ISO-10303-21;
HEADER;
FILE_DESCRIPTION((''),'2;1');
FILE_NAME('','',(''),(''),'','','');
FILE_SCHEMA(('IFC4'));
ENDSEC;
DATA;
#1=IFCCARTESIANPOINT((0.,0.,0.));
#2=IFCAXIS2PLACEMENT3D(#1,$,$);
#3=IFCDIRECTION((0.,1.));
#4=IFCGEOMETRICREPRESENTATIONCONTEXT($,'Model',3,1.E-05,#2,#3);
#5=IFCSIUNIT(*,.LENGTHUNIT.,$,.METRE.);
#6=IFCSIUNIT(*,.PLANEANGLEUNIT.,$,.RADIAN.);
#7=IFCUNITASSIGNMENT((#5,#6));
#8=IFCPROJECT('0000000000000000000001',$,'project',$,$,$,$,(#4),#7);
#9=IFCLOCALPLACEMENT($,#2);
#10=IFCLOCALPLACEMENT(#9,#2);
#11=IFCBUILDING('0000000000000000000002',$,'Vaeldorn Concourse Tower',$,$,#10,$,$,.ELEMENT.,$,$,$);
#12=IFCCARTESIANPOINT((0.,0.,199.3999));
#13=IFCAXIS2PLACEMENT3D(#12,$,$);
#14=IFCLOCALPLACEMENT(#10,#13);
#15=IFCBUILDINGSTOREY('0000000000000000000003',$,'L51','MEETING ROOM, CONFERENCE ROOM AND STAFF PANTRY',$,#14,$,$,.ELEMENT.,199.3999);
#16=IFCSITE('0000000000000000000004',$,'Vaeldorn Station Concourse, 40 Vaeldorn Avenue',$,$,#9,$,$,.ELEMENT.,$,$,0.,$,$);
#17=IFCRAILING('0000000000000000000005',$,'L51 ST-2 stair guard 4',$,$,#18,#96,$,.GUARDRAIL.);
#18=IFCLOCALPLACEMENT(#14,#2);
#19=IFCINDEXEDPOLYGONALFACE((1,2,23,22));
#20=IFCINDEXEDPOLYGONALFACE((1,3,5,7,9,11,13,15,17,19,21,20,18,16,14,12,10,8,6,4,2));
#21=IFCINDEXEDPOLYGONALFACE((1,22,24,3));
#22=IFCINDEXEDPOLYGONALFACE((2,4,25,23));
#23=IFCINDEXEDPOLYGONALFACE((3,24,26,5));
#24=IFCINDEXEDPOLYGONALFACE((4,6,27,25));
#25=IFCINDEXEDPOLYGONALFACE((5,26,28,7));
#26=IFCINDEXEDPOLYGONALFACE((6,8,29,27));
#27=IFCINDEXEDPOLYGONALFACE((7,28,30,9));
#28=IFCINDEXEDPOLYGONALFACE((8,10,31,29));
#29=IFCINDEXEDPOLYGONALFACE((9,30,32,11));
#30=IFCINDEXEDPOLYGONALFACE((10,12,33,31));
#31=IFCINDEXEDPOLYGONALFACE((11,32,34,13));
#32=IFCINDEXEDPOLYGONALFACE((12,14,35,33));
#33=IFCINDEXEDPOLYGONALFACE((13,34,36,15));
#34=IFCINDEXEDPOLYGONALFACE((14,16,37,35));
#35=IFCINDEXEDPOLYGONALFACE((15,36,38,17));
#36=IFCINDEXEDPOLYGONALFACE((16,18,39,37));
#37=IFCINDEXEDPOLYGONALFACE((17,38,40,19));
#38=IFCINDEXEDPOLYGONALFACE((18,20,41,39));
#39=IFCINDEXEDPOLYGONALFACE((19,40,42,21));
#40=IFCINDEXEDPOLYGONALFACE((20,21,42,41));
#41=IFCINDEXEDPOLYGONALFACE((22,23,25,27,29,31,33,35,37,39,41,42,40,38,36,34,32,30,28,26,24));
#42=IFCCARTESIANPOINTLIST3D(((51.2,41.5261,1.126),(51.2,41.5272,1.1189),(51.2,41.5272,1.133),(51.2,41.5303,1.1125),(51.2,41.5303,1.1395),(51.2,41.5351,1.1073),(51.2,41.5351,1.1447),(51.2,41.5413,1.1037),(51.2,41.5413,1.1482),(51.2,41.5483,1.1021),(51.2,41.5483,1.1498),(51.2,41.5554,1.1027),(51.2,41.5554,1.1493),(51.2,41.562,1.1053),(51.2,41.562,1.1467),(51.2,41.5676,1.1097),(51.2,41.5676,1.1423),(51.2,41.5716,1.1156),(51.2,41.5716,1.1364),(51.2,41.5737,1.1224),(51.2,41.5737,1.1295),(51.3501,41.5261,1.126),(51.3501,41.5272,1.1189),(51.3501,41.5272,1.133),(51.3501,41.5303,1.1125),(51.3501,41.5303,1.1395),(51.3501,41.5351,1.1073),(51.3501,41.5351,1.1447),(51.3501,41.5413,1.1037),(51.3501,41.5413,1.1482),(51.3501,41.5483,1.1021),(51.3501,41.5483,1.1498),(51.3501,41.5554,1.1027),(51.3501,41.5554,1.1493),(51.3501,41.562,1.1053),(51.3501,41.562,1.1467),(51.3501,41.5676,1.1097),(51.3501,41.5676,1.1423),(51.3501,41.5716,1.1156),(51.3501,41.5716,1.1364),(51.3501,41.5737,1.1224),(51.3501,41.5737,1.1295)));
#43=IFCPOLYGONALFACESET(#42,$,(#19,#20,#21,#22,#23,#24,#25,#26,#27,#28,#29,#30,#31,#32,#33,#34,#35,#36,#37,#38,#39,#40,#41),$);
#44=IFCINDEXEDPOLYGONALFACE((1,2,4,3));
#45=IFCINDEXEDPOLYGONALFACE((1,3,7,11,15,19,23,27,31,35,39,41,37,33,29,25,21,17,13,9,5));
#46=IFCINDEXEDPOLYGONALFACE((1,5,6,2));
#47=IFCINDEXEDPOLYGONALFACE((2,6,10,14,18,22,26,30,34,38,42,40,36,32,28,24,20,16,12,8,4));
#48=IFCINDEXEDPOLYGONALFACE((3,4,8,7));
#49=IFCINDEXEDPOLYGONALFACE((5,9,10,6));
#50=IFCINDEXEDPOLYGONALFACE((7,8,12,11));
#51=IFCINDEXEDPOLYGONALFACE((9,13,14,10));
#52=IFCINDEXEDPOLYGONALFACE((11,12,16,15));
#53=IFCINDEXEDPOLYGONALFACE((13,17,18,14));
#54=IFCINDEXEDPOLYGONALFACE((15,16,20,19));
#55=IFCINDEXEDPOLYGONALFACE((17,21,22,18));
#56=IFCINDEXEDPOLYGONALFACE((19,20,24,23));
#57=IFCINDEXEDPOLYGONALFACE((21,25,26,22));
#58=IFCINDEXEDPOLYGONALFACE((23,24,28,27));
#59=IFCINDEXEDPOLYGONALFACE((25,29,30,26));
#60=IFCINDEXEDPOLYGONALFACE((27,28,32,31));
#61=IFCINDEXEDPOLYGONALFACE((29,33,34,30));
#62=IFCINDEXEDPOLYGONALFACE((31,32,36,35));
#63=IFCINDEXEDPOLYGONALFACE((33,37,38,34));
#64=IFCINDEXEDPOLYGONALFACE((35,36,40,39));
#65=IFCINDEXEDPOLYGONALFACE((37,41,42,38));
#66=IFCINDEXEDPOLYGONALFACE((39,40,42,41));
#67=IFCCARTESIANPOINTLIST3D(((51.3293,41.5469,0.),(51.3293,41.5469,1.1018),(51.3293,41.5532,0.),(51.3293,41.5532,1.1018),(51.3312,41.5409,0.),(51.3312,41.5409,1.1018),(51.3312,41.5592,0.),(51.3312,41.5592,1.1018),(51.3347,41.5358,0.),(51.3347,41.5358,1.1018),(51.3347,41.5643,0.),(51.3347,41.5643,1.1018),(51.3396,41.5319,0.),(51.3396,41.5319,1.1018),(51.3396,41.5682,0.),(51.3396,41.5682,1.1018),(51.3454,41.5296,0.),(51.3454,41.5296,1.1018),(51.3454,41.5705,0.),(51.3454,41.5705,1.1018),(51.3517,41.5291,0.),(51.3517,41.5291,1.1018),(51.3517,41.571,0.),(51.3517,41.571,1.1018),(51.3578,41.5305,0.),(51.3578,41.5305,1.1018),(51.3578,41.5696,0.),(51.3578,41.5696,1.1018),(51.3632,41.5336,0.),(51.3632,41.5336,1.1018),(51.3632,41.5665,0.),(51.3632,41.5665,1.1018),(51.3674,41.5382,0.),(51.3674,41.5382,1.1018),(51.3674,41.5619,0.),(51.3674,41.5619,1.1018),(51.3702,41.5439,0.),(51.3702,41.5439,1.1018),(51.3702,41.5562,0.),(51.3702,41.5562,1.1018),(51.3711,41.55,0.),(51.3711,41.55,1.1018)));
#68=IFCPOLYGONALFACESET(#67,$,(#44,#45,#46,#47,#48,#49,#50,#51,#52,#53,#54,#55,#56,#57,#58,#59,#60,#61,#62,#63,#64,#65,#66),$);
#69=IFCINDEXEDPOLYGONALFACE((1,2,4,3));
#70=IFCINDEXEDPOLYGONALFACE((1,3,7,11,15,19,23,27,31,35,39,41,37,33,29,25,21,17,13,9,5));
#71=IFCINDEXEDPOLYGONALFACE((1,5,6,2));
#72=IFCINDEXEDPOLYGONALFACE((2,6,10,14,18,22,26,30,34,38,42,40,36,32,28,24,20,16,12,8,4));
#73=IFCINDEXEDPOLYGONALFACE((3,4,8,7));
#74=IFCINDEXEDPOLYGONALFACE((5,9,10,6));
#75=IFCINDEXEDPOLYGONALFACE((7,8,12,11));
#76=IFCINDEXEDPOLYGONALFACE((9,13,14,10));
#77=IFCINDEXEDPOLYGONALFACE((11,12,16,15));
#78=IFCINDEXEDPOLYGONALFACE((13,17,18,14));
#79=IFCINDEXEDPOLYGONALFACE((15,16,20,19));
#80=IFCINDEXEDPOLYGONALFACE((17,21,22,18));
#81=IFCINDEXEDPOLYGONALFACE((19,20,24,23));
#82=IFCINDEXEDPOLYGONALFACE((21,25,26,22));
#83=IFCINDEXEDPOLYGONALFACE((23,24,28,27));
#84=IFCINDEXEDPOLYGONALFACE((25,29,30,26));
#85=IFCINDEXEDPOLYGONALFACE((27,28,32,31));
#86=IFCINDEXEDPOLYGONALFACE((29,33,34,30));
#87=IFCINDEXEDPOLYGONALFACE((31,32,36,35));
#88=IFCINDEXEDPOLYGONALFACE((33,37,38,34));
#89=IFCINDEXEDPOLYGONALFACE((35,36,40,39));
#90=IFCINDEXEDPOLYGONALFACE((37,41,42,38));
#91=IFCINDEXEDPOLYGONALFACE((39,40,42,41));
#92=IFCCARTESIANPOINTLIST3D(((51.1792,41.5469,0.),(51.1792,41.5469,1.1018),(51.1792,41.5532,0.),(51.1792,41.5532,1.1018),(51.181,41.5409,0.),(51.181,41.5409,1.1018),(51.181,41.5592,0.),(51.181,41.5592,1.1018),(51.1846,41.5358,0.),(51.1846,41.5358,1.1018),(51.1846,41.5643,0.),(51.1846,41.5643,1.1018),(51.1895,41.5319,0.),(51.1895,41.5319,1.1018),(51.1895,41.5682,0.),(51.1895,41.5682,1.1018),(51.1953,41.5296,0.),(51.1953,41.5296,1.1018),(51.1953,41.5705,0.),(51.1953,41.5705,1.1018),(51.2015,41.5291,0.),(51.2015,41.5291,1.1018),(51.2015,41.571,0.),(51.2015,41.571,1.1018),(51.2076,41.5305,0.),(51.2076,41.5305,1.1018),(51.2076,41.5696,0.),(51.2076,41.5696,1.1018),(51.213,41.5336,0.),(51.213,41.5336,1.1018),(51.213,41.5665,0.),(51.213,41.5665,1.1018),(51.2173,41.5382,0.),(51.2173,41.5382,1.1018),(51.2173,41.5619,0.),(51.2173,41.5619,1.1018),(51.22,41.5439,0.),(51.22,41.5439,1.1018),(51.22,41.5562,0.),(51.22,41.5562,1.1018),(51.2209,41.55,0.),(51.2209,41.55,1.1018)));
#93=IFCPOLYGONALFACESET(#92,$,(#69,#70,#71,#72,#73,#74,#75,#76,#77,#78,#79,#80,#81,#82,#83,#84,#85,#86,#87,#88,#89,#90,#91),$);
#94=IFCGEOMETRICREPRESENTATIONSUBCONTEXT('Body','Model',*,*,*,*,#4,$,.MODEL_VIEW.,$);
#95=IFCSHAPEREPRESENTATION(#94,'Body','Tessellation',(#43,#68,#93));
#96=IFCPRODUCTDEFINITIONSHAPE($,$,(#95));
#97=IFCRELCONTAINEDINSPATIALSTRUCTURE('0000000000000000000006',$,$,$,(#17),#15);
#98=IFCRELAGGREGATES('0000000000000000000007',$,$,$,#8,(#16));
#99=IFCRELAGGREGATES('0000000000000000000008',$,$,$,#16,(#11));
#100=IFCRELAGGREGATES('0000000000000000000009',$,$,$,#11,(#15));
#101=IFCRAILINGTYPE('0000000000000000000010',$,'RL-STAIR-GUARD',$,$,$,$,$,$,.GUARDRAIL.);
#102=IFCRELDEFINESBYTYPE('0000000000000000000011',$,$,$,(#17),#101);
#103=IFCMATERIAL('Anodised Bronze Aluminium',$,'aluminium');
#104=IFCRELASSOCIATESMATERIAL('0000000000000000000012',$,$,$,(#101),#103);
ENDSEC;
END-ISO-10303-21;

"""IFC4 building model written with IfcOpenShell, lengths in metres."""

from ifc_helpers import new_model, si_unit, direction, frame, origin, origin_2d, place, context, subcontext, project, spatial, circle, extrude, material, type_object, element, save


model = new_model("IFC4")

# Units and contexts
model_context = context("Model", 3, precision=1e-05, world=origin(), true_north=direction((0.0, 1.0)))
body_context = subcontext(model_context, "Body", "Model", "MODEL_VIEW")
ifc_project = project(units=[si_unit("LENGTHUNIT", "METRE"), si_unit("PLANEANGLEUNIT", "RADIAN")], contexts=[model_context])

# Site, building, storey
site_placement = place(None, origin())
site = spatial("IfcSite", under=ifc_project, at=site_placement, Name="Vaeldorn Station Concourse, 40 Vaeldorn Avenue", CompositionType="ELEMENT", RefElevation=0.0)
building_placement = place(site_placement, origin())
building = spatial("IfcBuilding", under=site, at=building_placement, Name="Vaeldorn Concourse Tower", CompositionType="ELEMENT")
storey_placement = place(building_placement, frame((0.0, 0.0, 199.3999)))
storey = spatial("IfcBuildingStorey", under=building, at=storey_placement, Name="L51", Description="MEETING ROOM, CONFERENCE ROOM AND STAFF PANTRY", CompositionType="ELEMENT", Elevation=199.3999)

# Shared definitions
ifc_material_1 = material(Name="Anodised Bronze Aluminium", Category="aluminium")

# Railing
railing_type_1 = type_object("IfcRailingType", Name="RL-STAIR-GUARD", PredefinedType="GUARDRAIL", material=ifc_material_1)
railing_1_placement = place(storey_placement, frame((51.3501, 41.55, 0.0)))
element("IfcRailing", 1, at=railing_1_placement, inside=storey, type_object=railing_type_1, Name="L51 ST-2 stair guard 4", PredefinedType="GUARDRAIL", context=body_context, shape_type="SweptSolid", body=[
    extrude(circle(Radius=0.0239, at=origin_2d()), frame((0.0, 0.0, 1.126), z_axis=(-1.0, 0.0, 0.0), x_axis=(0.0, -1.0, 0.0)), (0.0, 0.0, 1.0), 0.1501),
    extrude(circle(Radius=0.021, at=origin_2d()), origin(), (0.0, 0.0, 1.0), 1.1018),
    extrude(circle(Radius=0.021, at=origin_2d()), frame((-0.1501, 0.0, 0.0)), (0.0, 0.0, 1.0), 1.1018),
])

save(model, "model.ifc")
